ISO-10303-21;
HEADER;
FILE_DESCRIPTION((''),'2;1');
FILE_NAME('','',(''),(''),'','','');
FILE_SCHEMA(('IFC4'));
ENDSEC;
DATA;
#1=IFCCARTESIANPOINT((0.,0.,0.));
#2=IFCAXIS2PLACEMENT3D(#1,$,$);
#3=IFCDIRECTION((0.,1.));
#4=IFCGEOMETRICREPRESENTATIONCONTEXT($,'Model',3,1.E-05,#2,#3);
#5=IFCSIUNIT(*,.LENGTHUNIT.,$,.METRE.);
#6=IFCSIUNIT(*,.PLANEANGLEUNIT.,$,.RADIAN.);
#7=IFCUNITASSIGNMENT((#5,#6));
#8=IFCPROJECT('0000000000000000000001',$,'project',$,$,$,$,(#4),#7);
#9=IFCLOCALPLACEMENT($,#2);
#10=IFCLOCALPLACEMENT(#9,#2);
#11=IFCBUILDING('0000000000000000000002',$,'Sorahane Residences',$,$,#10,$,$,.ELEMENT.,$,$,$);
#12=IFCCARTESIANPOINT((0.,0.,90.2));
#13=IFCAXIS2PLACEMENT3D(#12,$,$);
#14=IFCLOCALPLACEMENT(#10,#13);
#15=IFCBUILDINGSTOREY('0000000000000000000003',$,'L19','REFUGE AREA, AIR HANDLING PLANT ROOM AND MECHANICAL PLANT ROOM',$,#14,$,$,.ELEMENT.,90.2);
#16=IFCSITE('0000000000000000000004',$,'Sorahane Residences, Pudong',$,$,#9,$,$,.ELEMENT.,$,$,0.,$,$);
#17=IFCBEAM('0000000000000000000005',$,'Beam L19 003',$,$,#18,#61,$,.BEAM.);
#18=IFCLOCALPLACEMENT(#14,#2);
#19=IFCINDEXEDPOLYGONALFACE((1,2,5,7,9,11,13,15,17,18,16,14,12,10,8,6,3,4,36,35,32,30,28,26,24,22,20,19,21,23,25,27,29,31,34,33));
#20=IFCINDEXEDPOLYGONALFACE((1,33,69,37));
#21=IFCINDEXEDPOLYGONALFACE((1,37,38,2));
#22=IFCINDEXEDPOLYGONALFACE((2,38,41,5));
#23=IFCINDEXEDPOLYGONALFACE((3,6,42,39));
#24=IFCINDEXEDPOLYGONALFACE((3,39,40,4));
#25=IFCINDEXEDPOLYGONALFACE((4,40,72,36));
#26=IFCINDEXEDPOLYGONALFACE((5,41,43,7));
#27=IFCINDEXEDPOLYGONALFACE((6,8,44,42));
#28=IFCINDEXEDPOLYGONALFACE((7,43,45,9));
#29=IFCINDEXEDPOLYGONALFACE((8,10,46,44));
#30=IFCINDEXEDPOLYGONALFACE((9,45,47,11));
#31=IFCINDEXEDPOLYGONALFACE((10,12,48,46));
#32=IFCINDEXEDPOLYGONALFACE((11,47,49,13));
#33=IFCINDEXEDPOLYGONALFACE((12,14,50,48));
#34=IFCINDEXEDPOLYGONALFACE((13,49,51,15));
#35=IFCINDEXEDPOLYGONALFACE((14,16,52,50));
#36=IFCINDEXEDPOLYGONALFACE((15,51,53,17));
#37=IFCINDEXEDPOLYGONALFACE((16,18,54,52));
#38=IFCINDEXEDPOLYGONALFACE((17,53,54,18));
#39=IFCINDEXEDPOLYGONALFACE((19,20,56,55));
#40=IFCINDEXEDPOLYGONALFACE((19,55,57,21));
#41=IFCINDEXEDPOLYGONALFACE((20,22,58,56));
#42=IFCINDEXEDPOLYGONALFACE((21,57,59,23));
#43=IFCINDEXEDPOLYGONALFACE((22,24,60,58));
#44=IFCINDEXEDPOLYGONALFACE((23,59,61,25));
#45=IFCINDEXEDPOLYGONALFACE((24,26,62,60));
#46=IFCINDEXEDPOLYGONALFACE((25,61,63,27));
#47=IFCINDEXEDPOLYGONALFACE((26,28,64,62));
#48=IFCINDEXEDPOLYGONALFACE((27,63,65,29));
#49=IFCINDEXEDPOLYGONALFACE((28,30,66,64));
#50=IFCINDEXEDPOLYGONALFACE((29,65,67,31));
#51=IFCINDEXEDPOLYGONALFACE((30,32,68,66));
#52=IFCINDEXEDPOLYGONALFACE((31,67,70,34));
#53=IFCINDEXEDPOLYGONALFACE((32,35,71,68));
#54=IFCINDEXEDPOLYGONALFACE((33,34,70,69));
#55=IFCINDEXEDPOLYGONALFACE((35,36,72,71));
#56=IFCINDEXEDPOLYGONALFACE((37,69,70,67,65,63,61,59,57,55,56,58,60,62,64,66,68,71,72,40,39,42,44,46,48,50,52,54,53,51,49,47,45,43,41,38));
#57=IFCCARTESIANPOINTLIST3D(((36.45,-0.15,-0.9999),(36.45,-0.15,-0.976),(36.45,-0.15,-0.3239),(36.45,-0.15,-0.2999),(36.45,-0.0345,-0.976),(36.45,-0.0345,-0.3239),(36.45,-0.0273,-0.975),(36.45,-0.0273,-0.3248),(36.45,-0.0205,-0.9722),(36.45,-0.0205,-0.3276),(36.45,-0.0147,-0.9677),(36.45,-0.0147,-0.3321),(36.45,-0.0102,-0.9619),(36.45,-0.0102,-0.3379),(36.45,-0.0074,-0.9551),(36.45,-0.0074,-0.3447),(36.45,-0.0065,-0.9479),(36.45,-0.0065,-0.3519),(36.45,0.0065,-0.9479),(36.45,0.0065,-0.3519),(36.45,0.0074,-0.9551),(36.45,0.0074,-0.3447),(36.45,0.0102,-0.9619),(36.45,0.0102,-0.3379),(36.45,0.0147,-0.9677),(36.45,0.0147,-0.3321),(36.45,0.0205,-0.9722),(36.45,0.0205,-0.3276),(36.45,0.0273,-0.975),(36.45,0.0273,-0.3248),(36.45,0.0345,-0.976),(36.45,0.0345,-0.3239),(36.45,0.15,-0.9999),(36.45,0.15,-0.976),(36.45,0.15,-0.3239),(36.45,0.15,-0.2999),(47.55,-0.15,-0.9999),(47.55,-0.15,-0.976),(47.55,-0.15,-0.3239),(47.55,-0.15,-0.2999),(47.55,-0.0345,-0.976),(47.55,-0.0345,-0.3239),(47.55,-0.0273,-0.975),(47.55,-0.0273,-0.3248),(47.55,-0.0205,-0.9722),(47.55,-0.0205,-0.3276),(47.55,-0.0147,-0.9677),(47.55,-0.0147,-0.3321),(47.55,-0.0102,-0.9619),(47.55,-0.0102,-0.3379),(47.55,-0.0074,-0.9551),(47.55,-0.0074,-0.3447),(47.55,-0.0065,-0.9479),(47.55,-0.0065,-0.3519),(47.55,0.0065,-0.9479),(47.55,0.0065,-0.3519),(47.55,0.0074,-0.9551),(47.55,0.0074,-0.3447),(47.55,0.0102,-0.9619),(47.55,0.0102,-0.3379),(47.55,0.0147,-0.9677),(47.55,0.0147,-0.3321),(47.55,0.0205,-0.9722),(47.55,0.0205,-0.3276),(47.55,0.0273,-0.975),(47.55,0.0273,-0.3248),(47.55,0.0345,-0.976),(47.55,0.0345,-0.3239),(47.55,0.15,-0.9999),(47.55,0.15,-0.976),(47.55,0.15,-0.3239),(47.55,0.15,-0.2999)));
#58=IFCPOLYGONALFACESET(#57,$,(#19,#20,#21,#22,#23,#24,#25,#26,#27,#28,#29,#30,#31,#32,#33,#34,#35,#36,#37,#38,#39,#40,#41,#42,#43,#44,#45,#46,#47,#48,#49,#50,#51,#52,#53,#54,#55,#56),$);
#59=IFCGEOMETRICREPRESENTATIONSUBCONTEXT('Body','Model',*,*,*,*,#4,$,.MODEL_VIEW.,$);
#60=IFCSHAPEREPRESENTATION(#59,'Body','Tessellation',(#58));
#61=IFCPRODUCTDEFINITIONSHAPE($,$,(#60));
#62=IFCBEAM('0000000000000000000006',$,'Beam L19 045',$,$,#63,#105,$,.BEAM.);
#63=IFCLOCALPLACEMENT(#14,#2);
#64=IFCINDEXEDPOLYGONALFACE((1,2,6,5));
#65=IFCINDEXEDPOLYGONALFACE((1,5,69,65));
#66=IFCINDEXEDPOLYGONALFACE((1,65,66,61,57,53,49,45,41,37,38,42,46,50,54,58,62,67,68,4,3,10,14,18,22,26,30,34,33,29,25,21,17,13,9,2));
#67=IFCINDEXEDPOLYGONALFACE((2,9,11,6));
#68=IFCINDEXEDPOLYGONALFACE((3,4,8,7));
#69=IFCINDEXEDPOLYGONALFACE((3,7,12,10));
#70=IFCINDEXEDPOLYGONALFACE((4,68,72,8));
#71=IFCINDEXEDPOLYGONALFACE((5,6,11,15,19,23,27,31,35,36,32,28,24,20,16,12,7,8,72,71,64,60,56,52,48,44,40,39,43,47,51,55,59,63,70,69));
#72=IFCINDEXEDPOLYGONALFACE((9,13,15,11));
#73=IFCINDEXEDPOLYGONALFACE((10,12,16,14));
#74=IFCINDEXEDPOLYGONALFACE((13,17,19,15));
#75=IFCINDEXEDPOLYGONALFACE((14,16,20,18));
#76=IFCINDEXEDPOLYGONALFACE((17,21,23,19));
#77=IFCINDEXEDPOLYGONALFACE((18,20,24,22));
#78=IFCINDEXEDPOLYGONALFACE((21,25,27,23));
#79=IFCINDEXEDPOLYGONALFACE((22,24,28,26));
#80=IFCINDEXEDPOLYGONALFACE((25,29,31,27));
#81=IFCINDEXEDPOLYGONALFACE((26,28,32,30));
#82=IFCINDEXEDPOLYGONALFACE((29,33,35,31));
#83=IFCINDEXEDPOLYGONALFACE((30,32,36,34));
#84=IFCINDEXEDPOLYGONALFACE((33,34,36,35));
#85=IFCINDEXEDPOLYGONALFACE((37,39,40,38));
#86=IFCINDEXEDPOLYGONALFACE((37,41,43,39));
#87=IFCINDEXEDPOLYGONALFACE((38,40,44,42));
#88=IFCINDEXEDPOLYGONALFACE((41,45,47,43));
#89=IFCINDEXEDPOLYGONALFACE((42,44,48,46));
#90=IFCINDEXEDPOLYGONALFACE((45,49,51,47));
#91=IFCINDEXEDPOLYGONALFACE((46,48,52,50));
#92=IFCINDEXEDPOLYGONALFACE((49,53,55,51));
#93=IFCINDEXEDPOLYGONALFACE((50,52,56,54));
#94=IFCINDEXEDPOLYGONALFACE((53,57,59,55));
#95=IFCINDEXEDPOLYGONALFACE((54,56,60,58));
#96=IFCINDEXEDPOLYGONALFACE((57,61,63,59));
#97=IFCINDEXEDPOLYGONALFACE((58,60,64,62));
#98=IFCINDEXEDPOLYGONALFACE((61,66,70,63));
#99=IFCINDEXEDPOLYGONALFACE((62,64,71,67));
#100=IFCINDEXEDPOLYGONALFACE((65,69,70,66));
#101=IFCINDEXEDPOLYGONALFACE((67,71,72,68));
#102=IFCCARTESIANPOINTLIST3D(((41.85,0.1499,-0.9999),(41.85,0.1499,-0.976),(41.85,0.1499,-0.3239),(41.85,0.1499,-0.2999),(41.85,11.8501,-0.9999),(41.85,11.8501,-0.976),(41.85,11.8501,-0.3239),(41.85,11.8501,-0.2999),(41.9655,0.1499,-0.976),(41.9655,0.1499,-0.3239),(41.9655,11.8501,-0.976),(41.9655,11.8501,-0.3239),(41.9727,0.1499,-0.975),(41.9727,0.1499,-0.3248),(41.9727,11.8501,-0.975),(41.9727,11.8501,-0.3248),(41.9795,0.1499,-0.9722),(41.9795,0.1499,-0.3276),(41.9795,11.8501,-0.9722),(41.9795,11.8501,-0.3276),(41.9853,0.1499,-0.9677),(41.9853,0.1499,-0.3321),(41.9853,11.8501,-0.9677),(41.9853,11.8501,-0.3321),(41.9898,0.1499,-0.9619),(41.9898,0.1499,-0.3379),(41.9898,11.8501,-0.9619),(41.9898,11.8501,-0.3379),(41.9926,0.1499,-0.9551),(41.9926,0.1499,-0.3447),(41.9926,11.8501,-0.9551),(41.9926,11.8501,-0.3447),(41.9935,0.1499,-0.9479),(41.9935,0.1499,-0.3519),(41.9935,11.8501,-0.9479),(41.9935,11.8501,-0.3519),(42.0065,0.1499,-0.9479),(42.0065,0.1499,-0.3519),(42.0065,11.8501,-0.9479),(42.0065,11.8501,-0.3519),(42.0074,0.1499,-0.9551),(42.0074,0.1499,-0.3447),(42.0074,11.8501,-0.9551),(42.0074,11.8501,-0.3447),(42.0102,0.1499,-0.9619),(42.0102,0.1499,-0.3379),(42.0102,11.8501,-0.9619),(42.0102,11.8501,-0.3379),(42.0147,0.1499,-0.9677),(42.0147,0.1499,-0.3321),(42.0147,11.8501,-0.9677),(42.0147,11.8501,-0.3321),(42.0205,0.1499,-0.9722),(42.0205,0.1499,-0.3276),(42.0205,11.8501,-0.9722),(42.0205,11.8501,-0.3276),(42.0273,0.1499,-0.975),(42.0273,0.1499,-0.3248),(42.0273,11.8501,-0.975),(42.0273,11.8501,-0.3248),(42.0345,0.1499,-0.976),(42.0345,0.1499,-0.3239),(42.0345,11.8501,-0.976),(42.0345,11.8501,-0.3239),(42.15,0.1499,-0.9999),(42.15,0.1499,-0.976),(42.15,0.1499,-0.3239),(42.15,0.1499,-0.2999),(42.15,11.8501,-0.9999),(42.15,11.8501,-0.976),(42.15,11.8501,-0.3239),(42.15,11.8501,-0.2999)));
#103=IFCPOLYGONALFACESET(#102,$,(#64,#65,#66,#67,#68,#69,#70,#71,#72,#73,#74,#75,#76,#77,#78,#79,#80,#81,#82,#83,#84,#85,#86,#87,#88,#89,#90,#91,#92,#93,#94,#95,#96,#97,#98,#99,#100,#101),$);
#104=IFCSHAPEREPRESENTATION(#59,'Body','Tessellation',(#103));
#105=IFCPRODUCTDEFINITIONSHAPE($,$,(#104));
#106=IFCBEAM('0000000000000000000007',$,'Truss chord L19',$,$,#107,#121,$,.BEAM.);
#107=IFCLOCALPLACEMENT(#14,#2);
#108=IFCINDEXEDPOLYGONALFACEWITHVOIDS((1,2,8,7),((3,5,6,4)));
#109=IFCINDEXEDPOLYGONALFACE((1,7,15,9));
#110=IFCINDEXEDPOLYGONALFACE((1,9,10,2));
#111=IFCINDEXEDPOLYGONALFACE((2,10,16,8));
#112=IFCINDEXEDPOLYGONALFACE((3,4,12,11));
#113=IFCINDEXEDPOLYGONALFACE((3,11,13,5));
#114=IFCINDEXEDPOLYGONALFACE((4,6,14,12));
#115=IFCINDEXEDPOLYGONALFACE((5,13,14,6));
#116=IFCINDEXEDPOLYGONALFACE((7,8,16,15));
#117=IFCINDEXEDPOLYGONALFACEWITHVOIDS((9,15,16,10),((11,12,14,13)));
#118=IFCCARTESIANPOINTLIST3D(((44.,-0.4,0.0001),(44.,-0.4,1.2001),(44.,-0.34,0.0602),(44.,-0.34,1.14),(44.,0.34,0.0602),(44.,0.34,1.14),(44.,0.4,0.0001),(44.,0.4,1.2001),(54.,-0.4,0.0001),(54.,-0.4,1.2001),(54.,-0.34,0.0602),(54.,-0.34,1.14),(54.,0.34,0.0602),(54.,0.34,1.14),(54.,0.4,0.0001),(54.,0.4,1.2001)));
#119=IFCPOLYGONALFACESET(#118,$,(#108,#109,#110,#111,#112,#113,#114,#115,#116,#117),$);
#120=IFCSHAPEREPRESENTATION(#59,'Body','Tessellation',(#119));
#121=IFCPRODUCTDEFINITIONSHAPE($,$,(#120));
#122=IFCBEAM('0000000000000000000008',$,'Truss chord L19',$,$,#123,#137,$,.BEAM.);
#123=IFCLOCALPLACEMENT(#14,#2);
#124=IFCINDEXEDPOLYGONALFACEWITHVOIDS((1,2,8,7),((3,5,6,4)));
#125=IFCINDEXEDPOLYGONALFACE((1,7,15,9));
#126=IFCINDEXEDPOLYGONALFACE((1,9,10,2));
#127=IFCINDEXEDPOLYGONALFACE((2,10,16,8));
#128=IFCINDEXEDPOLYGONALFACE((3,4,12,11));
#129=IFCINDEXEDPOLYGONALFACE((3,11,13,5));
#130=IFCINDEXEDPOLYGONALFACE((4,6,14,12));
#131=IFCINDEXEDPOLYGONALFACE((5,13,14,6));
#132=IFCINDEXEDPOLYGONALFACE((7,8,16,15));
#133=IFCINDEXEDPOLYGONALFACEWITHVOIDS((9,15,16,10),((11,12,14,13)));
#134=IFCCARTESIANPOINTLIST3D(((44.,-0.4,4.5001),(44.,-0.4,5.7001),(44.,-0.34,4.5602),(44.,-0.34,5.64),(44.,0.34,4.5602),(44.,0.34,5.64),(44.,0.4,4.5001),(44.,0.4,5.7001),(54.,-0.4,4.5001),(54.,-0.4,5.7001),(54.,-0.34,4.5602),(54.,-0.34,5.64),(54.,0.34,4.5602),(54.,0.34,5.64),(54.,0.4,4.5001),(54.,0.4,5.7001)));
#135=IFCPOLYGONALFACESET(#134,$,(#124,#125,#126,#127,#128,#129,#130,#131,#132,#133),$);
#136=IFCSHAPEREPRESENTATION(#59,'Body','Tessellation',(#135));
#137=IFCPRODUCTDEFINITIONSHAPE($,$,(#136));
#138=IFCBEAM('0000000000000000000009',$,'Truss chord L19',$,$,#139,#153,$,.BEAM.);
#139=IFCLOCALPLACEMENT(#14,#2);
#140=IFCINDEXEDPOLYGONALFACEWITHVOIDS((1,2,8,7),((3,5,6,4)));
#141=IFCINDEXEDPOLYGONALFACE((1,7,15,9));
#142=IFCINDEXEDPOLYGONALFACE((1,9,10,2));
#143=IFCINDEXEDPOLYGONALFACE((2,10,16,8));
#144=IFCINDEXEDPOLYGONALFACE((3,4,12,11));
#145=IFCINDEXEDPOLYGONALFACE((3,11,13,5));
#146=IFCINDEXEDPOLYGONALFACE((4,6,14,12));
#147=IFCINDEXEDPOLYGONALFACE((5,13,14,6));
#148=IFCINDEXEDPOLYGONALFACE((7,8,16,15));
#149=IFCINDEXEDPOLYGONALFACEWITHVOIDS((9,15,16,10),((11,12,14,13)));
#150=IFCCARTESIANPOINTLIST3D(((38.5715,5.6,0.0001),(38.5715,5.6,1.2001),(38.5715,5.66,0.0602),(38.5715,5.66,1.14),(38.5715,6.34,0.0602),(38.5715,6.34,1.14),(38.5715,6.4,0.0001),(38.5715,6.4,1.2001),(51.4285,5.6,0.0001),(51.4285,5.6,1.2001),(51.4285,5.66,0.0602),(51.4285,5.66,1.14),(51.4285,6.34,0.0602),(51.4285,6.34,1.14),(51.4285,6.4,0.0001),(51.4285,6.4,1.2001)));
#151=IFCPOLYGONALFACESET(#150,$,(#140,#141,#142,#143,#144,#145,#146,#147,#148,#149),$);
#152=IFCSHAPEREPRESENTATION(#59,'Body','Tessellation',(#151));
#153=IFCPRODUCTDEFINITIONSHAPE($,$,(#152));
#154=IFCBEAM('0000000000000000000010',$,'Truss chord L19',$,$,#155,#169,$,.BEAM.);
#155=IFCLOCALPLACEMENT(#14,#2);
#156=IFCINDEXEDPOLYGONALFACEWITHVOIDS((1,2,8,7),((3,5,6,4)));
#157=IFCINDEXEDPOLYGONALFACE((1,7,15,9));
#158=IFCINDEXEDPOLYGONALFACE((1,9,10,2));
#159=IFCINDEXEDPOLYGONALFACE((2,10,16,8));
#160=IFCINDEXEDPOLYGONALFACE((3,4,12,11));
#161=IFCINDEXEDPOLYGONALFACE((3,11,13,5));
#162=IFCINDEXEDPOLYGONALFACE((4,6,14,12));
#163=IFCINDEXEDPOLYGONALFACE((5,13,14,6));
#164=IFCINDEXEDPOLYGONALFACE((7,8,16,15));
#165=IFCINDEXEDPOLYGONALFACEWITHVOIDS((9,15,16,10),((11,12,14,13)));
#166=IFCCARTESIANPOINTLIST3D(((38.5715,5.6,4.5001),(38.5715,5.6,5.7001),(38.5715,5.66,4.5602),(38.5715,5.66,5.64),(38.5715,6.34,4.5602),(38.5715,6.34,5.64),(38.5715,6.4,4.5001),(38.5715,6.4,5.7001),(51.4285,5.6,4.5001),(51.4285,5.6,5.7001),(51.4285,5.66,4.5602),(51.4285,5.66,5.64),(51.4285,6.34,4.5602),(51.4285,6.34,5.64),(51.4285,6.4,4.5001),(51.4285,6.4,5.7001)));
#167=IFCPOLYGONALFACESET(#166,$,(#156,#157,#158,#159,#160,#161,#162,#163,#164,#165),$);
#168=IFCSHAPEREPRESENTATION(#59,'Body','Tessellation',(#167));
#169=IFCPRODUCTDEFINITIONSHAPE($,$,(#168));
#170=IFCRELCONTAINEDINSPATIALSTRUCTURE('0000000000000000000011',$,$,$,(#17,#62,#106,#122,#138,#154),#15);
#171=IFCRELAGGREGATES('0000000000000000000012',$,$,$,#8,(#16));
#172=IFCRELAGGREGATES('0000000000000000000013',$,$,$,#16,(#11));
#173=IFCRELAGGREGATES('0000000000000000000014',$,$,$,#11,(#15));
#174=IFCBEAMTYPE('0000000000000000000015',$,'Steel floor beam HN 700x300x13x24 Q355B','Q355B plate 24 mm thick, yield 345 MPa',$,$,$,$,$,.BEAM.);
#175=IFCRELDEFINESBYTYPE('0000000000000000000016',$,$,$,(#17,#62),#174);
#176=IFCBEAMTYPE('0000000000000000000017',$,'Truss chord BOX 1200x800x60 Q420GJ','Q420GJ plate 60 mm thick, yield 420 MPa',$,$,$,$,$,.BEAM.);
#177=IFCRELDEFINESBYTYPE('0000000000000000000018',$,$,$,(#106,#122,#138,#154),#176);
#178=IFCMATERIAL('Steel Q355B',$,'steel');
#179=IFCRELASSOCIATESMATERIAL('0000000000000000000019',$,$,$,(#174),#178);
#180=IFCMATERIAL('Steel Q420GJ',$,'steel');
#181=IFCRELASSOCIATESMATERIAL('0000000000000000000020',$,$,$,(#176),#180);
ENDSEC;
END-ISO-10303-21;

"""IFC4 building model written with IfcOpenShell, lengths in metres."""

from ifc_helpers import new_model, si_unit, direction, frame, origin, origin_2d, place, context, subcontext, project, spatial, hollow_rectangle, i_section, extrude, material, material_profile, profile_set, type_object, element, save


model = new_model("IFC4")

# Units and contexts
model_context = context("Model", 3, precision=1e-05, world=origin(), true_north=direction((0.0, 1.0)))
body_context = subcontext(model_context, "Body", "Model", "MODEL_VIEW")
ifc_project = project(units=[si_unit("LENGTHUNIT", "METRE"), si_unit("PLANEANGLEUNIT", "RADIAN")], contexts=[model_context])

# Site, building, storey
site_placement = place(None, origin())
site = spatial("IfcSite", under=ifc_project, at=site_placement, Name="Sorahane Residences, Pudong", CompositionType="ELEMENT", RefElevation=0.0)
building_placement = place(site_placement, origin())
building = spatial("IfcBuilding", under=site, at=building_placement, Name="Sorahane Residences", CompositionType="ELEMENT")
storey_placement = place(building_placement, frame((0.0, 0.0, 90.2)))
storey = spatial("IfcBuildingStorey", under=building, at=storey_placement, Name="L19", Description="REFUGE AREA, AIR HANDLING PLANT ROOM AND MECHANICAL PLANT ROOM", CompositionType="ELEMENT", Elevation=90.2)

# Beams
ifc_material_1 = material(Name="Steel Q355B", Category="steel")
ifc_material_profile_1 = material_profile(ifc_material_1, i_section(OverallWidth=0.3, OverallDepth=0.7, WebThickness=0.0129, FlangeThickness=0.0239, FilletRadius=0.0281, at=origin_2d()), Name="HN 700x300x13x24")
ifc_profile_set_1 = profile_set([ifc_material_profile_1], Name="Steel Q355B")
beam_type_1 = type_object("IfcBeamType", Name="Steel floor beam HN 700x300x13x24 Q355B", Description="Q355B plate 24 mm thick, yield 345 MPa", PredefinedType="BEAM", material=ifc_profile_set_1)
beam_1_placement = place(storey_placement, frame((36.45, 0.0, -0.6499), z_axis=(1.0, 0.0, 0.0), x_axis=(0.0, 1.0, 0.0)))
element("IfcBeam", 1, at=beam_1_placement, inside=storey, type_object=beam_type_1, Name="Beam L19 003", PredefinedType="BEAM", context=body_context, shape_type="SweptSolid", body=[
    extrude(i_section(OverallWidth=0.3, OverallDepth=0.7, WebThickness=0.0129, FlangeThickness=0.0239, FilletRadius=0.0281, at=origin_2d()), origin(), (0.0, 0.0, 1.0), 11.1001),
])
beam_2_placement = place(storey_placement, frame((42.0, 0.1499, -0.6499), z_axis=(0.0, 1.0, 0.0), x_axis=(-1.0, 0.0, 0.0)))
element("IfcBeam", 2, at=beam_2_placement, inside=storey, type_object=beam_type_1, Name="Beam L19 045", PredefinedType="BEAM", context=body_context, shape_type="SweptSolid", body=[
    extrude(i_section(OverallWidth=0.3, OverallDepth=0.7, WebThickness=0.0129, FlangeThickness=0.0239, FilletRadius=0.0281, at=origin_2d()), origin(), (0.0, 0.0, 1.0), 11.7002),
])
ifc_material_2 = material(Name="Steel Q420GJ", Category="steel")
ifc_material_profile_2 = material_profile(ifc_material_2, hollow_rectangle(XDim=0.8, YDim=1.2, WallThickness=0.0601, at=origin_2d()), Name="BOX 1200x800x60")
ifc_profile_set_2 = profile_set([ifc_material_profile_2], Name="Steel Q420GJ")
beam_type_2 = type_object("IfcBeamType", Name="Truss chord BOX 1200x800x60 Q420GJ", Description="Q420GJ plate 60 mm thick, yield 420 MPa", PredefinedType="BEAM", material=ifc_profile_set_2)
for number, where, z_axis, x_axis, name in (
    (3, (44.0, 0.0, 0.6001), (1.0, 0.0, 0.0), (0.0, 1.0, 0.0), "Truss chord L19"),
    (4, (44.0, 0.0, 5.1001), (1.0, 0.0, 0.0), (0.0, 1.0, 0.0), "Truss chord L19"),
):
    element("IfcBeam", number, at=place(storey_placement, frame(where, z_axis=z_axis, x_axis=x_axis)), inside=storey, type_object=beam_type_2, Name=name, PredefinedType="BEAM", context=body_context, shape_type="SweptSolid", body=[
        extrude(hollow_rectangle(XDim=0.8, YDim=1.2, WallThickness=0.0601, at=origin_2d()), origin(), (0.0, 0.0, 1.0), 10.0),
    ])
for number, where, z_axis, x_axis, name in (
    (5, (38.5715, 6.0, 0.6001), (1.0, 0.0, 0.0), (0.0, 1.0, 0.0), "Truss chord L19"),
    (6, (38.5715, 6.0, 5.1001), (1.0, 0.0, 0.0), (0.0, 1.0, 0.0), "Truss chord L19"),
):
    element("IfcBeam", number, at=place(storey_placement, frame(where, z_axis=z_axis, x_axis=x_axis)), inside=storey, type_object=beam_type_2, Name=name, PredefinedType="BEAM", context=body_context, shape_type="SweptSolid", body=[
        extrude(hollow_rectangle(XDim=0.8, YDim=1.2, WallThickness=0.0601, at=origin_2d()), origin(), (0.0, 0.0, 1.0), 12.8569),
    ])

save(model, "model.ifc")
